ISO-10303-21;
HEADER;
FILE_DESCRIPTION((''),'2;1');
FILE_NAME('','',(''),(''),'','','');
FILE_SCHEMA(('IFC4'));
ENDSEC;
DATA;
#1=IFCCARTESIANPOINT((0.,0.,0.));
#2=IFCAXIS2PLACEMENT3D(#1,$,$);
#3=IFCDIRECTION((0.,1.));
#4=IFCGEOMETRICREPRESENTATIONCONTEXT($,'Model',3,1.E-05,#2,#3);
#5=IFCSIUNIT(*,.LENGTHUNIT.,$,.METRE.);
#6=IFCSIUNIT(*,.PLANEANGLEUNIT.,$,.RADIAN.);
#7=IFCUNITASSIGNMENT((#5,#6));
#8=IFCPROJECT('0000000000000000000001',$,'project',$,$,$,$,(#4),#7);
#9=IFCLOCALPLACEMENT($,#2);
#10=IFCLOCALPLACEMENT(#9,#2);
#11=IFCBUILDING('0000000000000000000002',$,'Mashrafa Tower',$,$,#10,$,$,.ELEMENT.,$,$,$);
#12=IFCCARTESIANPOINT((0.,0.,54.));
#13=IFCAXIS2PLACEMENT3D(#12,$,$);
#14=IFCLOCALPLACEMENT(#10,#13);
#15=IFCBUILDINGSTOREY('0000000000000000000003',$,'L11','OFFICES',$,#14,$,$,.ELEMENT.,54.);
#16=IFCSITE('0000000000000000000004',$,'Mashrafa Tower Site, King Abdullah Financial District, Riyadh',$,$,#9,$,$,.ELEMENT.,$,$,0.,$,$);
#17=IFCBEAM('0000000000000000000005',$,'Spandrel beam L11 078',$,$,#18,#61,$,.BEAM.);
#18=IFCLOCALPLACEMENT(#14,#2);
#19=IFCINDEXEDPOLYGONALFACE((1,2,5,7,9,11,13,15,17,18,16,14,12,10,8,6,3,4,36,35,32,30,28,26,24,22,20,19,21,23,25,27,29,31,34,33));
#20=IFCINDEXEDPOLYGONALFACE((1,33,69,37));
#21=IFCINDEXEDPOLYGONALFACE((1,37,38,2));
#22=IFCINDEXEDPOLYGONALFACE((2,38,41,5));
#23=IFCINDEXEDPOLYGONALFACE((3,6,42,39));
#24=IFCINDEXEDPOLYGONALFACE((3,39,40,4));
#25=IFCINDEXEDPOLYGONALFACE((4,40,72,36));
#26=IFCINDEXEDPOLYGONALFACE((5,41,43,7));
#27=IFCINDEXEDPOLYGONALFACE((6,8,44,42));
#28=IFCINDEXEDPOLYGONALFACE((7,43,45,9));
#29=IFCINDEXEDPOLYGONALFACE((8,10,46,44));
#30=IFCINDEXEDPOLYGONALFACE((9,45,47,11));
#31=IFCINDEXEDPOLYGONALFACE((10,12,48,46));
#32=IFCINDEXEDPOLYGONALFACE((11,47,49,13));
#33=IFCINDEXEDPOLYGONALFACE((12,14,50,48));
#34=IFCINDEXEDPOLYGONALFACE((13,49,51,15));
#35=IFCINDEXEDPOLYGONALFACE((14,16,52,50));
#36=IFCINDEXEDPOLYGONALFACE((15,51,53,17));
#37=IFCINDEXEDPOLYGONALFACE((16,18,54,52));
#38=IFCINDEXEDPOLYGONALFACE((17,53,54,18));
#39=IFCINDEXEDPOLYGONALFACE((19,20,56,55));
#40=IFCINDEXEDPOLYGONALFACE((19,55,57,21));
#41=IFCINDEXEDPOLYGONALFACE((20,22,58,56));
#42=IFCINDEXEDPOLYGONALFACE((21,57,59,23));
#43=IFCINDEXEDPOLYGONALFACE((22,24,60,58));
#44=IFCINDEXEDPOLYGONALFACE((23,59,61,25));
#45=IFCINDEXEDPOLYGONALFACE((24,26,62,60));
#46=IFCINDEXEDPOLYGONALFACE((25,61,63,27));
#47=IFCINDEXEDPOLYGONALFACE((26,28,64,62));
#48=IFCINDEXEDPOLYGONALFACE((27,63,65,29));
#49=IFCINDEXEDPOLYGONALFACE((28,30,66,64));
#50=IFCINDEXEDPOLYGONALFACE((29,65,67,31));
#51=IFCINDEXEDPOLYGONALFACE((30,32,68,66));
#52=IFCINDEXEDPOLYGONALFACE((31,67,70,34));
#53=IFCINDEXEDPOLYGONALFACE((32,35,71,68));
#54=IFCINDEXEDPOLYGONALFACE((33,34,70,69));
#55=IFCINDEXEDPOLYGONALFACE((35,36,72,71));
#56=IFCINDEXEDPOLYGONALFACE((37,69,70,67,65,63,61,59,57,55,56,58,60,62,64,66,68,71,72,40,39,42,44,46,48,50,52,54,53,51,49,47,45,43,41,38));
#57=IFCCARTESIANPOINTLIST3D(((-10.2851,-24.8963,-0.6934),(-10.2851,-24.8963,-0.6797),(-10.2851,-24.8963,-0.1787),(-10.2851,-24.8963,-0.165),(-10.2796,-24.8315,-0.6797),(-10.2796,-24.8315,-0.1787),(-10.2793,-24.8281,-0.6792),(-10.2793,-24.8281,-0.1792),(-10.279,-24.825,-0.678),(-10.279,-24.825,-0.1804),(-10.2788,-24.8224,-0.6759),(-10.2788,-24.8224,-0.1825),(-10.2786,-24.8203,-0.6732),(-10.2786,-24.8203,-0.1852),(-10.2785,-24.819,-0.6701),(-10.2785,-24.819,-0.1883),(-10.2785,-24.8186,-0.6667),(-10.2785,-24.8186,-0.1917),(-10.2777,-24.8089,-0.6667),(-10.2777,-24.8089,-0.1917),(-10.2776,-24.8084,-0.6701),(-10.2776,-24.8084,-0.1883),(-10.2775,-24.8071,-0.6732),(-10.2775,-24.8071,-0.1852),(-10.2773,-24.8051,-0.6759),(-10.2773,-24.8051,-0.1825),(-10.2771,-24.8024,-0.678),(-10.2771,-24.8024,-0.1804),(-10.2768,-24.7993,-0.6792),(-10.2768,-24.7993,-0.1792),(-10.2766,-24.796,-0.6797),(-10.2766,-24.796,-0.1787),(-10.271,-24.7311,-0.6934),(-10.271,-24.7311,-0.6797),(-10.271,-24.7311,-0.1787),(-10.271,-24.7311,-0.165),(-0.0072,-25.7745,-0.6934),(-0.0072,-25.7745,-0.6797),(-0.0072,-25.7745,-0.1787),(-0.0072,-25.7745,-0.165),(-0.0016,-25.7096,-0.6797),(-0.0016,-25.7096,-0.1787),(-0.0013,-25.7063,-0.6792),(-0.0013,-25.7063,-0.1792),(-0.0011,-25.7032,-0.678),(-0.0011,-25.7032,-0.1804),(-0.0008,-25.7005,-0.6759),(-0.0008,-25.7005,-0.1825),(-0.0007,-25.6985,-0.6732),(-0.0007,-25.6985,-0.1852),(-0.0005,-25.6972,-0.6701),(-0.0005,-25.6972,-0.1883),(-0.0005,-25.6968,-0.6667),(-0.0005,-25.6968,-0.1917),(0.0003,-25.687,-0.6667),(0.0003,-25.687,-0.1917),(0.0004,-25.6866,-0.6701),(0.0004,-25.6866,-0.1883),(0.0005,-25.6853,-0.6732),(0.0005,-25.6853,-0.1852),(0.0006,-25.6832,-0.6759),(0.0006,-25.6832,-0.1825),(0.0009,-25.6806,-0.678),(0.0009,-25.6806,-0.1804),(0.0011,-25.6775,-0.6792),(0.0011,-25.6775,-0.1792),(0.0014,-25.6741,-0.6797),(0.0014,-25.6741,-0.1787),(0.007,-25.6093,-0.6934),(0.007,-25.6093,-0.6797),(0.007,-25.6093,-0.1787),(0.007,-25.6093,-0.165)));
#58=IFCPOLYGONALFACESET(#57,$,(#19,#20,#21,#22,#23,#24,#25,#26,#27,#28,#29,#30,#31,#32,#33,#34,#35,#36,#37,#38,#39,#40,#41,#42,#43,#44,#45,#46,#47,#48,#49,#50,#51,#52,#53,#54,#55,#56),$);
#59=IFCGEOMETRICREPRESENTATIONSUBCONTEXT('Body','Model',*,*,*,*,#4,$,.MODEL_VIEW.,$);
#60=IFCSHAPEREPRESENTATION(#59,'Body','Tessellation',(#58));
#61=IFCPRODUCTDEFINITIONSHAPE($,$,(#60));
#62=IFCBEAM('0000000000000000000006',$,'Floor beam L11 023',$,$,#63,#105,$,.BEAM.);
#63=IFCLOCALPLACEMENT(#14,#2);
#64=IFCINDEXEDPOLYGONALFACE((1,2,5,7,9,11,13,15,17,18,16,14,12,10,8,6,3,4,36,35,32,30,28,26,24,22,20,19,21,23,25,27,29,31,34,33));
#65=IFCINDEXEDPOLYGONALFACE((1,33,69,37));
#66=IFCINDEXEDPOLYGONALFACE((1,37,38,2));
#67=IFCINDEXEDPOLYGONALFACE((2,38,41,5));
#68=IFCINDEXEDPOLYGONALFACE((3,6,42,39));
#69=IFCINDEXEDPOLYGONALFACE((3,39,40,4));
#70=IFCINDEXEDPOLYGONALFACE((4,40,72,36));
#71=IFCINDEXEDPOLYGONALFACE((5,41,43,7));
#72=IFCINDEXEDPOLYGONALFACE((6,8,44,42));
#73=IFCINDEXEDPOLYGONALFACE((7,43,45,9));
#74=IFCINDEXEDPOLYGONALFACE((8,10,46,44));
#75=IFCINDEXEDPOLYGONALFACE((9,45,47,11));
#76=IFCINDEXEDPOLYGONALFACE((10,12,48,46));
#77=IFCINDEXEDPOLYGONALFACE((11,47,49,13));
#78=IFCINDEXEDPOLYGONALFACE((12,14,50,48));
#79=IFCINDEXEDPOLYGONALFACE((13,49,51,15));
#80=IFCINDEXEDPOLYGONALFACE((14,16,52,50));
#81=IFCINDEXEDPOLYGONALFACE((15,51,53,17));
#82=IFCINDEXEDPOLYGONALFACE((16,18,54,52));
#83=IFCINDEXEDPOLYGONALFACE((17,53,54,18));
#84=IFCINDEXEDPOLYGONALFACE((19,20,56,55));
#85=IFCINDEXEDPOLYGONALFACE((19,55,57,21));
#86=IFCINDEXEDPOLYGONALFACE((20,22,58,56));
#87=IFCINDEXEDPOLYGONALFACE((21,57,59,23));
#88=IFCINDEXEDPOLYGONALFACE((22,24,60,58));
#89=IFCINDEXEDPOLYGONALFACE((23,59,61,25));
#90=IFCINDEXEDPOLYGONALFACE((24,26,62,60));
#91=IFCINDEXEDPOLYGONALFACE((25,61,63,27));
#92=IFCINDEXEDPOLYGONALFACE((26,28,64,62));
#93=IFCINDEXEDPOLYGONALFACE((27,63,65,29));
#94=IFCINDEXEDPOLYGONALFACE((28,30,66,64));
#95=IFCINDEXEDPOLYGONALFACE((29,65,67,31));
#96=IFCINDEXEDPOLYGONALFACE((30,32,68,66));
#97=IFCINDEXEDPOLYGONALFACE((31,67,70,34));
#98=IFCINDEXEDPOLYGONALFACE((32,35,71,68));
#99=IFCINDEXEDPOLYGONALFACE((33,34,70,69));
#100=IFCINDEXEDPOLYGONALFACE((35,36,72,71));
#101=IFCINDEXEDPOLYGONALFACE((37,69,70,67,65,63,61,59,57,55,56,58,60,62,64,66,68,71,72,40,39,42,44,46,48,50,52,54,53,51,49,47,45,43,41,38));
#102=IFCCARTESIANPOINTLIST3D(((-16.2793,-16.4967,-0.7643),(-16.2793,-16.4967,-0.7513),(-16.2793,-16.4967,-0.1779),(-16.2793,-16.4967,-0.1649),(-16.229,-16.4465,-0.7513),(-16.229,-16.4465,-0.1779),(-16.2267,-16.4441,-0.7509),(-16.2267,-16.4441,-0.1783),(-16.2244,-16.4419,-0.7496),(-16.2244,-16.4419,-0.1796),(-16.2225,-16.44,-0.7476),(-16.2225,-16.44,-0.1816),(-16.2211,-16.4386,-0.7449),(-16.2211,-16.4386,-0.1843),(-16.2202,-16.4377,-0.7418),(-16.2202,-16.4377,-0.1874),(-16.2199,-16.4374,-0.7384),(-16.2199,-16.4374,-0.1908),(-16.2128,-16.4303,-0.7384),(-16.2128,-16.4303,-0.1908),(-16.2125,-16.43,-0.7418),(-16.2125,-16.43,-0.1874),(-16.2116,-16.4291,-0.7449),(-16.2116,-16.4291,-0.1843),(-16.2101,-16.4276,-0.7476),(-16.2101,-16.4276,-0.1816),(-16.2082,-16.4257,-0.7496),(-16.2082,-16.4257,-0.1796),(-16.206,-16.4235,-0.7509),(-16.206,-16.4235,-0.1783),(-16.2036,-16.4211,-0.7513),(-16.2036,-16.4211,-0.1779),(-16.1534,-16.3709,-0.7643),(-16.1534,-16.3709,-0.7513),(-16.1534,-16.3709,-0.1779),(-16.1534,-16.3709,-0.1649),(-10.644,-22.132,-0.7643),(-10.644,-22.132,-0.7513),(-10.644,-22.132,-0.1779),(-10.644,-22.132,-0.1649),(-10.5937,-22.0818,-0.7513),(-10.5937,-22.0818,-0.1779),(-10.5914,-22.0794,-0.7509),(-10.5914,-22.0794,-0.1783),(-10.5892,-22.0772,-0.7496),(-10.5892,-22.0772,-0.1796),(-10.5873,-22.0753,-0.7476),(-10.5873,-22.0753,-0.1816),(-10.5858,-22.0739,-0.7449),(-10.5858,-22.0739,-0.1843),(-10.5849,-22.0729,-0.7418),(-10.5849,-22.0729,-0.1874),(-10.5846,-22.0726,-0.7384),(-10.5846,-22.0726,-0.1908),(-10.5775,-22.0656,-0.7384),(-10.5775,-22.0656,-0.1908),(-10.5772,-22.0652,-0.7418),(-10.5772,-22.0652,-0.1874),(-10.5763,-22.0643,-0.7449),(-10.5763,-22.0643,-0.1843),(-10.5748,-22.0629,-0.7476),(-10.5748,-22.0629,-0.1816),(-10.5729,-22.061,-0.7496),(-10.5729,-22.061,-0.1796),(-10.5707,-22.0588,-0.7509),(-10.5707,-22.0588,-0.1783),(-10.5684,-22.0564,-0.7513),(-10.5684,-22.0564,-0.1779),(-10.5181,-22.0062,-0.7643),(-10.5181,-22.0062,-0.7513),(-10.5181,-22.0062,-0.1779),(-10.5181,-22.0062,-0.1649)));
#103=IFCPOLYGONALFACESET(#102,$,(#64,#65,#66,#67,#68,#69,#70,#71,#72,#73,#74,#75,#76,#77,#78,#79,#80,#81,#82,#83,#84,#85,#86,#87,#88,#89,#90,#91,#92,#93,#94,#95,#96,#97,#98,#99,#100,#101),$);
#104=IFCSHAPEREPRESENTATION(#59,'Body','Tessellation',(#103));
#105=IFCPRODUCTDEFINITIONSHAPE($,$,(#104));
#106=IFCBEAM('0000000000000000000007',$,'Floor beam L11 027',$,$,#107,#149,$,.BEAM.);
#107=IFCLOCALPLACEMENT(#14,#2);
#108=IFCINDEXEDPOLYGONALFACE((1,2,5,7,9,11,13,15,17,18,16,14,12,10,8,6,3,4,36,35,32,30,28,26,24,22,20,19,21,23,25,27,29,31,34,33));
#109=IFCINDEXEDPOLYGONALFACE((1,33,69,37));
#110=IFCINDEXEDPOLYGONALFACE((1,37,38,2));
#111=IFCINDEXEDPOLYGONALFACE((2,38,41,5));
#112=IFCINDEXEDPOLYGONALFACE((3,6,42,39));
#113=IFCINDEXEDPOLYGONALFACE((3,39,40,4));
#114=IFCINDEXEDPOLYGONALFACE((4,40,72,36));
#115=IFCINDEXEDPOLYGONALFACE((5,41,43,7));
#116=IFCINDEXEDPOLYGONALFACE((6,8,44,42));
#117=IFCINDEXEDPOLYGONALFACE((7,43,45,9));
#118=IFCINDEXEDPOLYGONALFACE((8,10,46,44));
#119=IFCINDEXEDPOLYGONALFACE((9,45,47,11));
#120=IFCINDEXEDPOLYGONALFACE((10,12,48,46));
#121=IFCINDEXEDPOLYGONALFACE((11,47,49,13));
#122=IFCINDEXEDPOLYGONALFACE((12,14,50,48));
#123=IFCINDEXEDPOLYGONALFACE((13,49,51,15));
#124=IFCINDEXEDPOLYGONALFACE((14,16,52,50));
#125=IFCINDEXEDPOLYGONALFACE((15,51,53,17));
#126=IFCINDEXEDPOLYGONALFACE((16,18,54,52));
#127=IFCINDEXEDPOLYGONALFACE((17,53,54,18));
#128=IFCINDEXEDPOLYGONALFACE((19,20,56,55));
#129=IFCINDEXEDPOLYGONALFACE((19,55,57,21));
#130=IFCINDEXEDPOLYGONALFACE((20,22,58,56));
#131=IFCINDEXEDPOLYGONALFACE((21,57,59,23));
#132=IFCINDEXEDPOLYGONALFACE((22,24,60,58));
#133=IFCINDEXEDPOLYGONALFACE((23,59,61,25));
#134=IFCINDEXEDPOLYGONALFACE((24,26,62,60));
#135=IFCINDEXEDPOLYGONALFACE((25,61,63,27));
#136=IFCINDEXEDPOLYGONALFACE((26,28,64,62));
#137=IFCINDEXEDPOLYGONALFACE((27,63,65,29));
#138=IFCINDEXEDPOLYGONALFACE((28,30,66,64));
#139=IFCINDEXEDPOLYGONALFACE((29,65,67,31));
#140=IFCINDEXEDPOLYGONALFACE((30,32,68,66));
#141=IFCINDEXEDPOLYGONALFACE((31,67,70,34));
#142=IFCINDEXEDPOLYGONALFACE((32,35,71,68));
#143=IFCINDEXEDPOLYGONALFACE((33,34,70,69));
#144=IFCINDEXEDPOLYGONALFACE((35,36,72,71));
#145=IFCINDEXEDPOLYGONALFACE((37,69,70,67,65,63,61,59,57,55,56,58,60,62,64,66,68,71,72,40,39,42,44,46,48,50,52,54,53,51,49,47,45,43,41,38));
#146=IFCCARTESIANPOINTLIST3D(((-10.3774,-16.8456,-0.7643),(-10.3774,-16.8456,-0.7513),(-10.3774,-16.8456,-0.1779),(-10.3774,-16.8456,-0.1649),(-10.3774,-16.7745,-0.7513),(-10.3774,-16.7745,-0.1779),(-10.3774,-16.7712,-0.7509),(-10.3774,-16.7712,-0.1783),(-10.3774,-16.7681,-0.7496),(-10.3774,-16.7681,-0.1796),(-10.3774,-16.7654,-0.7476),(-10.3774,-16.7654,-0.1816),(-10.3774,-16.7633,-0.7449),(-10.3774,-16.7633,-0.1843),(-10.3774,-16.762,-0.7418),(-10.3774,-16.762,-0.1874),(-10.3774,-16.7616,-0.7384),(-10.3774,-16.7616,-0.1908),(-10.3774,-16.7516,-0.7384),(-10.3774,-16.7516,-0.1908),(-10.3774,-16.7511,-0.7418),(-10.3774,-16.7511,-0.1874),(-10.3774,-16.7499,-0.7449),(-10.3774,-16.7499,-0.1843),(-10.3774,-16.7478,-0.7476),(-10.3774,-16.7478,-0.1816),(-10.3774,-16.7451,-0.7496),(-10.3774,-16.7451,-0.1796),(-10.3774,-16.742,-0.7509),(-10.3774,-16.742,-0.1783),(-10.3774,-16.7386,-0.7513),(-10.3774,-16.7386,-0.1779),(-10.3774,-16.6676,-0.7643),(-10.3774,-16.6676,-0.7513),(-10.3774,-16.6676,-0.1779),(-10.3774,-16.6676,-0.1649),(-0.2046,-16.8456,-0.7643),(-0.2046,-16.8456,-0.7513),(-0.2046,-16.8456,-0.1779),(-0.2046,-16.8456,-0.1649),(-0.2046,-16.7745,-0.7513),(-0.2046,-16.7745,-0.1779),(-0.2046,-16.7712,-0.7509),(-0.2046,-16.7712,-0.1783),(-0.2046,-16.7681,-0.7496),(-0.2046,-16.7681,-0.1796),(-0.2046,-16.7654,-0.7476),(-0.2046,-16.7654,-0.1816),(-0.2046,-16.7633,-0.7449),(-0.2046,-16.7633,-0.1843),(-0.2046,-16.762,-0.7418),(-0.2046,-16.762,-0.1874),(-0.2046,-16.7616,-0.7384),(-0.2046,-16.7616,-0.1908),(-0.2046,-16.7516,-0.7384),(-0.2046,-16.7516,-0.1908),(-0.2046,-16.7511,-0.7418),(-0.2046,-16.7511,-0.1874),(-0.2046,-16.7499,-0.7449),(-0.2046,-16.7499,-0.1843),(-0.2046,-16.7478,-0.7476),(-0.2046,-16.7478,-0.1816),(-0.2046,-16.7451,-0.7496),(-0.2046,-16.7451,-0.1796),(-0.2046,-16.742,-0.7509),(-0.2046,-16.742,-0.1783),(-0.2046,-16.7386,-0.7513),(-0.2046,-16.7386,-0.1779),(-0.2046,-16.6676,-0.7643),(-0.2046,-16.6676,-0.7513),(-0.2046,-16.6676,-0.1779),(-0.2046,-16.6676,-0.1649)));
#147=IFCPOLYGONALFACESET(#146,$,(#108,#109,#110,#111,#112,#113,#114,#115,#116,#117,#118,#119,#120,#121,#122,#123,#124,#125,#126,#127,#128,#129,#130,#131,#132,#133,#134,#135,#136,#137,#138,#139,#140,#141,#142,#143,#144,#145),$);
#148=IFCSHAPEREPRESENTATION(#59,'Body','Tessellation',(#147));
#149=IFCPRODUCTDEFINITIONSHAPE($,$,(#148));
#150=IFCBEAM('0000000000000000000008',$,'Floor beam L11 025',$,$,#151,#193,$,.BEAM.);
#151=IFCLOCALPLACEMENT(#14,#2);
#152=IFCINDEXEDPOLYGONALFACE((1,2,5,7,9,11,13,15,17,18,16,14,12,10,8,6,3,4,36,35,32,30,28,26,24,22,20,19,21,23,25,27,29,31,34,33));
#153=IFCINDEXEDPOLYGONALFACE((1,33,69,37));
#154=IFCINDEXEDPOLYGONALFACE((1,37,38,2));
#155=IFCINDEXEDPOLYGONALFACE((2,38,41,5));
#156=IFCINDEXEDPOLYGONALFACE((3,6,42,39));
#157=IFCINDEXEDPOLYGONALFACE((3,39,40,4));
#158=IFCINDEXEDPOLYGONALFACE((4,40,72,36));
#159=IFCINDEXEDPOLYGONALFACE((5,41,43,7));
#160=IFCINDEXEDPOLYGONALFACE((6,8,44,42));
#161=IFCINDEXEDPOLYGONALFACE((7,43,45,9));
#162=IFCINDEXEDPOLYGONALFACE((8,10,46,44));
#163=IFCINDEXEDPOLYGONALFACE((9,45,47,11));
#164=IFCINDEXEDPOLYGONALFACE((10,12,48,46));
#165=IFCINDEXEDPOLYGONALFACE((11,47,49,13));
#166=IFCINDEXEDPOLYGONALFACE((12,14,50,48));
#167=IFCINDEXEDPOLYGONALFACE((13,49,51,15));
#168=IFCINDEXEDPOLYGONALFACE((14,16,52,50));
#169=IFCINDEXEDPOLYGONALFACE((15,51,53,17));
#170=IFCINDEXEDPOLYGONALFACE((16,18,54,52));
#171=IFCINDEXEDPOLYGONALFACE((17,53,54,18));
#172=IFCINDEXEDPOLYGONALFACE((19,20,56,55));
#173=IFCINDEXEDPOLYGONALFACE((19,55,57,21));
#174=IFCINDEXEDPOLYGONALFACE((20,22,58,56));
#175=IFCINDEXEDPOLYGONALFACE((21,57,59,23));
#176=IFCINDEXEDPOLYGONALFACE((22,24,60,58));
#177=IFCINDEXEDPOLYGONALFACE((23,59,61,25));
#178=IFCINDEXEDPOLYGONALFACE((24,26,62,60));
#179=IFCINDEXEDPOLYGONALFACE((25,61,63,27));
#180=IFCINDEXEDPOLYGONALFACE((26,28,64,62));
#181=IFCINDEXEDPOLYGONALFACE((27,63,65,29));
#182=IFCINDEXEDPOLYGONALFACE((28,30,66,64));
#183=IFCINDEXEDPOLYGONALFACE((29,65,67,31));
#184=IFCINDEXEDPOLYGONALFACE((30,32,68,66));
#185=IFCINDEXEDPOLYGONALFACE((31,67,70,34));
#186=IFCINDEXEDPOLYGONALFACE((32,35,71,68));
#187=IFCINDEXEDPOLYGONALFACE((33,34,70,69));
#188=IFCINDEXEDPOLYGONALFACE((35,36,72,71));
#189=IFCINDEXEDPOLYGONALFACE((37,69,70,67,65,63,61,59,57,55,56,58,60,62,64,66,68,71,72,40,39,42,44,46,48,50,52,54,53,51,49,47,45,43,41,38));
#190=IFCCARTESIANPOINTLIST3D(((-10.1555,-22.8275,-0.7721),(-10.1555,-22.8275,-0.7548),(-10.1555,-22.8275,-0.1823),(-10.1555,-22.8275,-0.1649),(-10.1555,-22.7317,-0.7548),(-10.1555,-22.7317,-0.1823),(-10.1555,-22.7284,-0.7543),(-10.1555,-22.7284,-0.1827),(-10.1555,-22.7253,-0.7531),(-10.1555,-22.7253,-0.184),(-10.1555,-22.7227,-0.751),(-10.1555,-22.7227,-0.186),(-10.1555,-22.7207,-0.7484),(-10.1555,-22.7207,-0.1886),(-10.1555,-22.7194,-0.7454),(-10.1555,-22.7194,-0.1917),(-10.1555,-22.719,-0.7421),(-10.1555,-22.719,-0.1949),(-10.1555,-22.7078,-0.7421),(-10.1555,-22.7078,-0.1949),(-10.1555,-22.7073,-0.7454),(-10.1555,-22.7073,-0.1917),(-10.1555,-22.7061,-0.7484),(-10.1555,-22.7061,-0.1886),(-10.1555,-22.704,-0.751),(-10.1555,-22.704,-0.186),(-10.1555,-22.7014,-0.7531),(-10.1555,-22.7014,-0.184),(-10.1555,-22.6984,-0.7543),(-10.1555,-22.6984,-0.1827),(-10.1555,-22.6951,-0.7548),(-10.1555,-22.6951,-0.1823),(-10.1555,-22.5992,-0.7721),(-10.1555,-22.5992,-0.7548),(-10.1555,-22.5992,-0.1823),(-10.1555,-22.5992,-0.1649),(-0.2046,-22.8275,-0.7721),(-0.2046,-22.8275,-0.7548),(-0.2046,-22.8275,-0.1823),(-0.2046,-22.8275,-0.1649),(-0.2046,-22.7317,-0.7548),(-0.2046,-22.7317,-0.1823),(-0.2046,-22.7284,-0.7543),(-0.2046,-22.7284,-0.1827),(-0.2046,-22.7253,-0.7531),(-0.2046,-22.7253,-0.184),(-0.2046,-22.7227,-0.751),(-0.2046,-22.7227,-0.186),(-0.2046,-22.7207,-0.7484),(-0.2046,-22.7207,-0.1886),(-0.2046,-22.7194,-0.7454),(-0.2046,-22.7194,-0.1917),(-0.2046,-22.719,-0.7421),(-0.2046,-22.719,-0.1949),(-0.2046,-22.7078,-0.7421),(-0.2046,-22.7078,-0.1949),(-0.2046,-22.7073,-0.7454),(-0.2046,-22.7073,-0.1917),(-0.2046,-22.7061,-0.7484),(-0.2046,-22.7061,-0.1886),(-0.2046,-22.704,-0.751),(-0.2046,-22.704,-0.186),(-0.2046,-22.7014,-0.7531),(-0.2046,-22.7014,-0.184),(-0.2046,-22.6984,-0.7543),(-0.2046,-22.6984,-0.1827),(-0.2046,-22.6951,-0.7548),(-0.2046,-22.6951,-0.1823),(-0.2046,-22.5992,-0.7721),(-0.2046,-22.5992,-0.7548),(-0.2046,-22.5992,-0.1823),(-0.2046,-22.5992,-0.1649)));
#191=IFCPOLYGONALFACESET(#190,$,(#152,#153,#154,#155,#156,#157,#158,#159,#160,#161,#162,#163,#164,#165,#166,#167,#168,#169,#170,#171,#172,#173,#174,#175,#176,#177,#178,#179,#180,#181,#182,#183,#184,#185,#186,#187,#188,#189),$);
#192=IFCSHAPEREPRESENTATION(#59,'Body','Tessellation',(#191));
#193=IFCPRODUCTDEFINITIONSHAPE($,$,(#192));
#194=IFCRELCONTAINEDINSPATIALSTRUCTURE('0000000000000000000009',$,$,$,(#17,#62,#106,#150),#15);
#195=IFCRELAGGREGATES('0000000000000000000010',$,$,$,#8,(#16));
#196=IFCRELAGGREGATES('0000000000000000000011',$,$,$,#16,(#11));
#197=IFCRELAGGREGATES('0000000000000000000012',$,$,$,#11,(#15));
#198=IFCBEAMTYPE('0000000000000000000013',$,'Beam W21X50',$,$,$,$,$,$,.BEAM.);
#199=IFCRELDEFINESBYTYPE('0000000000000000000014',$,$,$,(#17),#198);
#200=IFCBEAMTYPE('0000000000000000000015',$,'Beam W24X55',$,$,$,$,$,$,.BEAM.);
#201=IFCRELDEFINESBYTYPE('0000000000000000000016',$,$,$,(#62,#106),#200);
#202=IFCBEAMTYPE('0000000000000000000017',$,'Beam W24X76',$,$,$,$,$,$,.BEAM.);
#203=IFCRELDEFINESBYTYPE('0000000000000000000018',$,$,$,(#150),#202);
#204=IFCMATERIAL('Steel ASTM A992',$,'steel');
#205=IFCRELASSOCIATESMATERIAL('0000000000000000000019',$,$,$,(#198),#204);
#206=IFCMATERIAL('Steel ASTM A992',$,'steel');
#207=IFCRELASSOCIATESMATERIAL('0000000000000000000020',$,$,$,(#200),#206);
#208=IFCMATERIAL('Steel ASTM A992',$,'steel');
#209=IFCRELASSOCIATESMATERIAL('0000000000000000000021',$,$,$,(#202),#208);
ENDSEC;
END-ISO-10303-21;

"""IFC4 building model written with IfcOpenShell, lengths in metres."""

from ifc_helpers import new_model, si_unit, direction, frame, origin, origin_2d, place, context, subcontext, project, spatial, i_section, extrude, material, material_profile, profile_set, type_object, element, save


model = new_model("IFC4")

# Units and contexts
model_context = context("Model", 3, precision=1e-05, world=origin(), true_north=direction((0.0, 1.0)))
body_context = subcontext(model_context, "Body", "Model", "MODEL_VIEW")
ifc_project = project(units=[si_unit("LENGTHUNIT", "METRE"), si_unit("PLANEANGLEUNIT", "RADIAN")], contexts=[model_context])

# Site, building, storey
site_placement = place(None, origin())
site = spatial("IfcSite", under=ifc_project, at=site_placement, Name="Mashrafa Tower Site, King Abdullah Financial District, Riyadh", CompositionType="ELEMENT", RefElevation=0.0)
building_placement = place(site_placement, origin())
building = spatial("IfcBuilding", under=site, at=building_placement, Name="Mashrafa Tower", CompositionType="ELEMENT")
storey_placement = place(building_placement, frame((0.0, 0.0, 54.0)))
storey = spatial("IfcBuildingStorey", under=building, at=storey_placement, Name="L11", Description="OFFICES", CompositionType="ELEMENT", Elevation=54.0)

# Beams
ifc_material_1 = material(Name="Steel ASTM A992", Category="steel")
ifc_material_profile_1 = material_profile(ifc_material_1, i_section(OverallWidth=0.1658, OverallDepth=0.5283, WebThickness=0.0098, FlangeThickness=0.0137, FilletRadius=0.0129, at=origin_2d()), Name="W21X50")
ifc_profile_set_1 = profile_set([ifc_material_profile_1], Name="Steel ASTM A992")
beam_type_1 = type_object("IfcBeamType", Name="Beam W21X50", PredefinedType="BEAM", material=ifc_profile_set_1)
beam_1_placement = place(storey_placement, frame((-10.2781, -24.8137, -0.4292), z_axis=(0.99637, -0.085131, 0.0), x_axis=(0.085131, 0.99637, 0.0)))
element("IfcBeam", 1, at=beam_1_placement, inside=storey, type_object=beam_type_1, Name="Spandrel beam L11 078", PredefinedType="BEAM", context=body_context, shape_type="SweptSolid", body=[
    extrude(i_section(OverallWidth=0.1658, OverallDepth=0.5283, WebThickness=0.0098, FlangeThickness=0.0137, FilletRadius=0.0129, at=origin_2d()), origin(), (0.0, 0.0, 1.0), 10.3154),
])
ifc_material_2 = material(Name="Steel ASTM A992", Category="steel")
ifc_material_profile_2 = material_profile(ifc_material_2, i_section(OverallWidth=0.178, OverallDepth=0.5994, WebThickness=0.01, FlangeThickness=0.0129, FilletRadius=0.0129, at=origin_2d()), Name="W24X55")
ifc_profile_set_2 = profile_set([ifc_material_profile_2], Name="Steel ASTM A992")
beam_type_2 = type_object("IfcBeamType", Name="Beam W24X55", PredefinedType="BEAM", material=ifc_profile_set_2)
beam_2_placement = place(storey_placement, frame((-10.5811, -22.0691, -0.4646), z_axis=(-0.707107, 0.707107, 0.0), x_axis=(-0.707107, -0.707107, 0.0)))
element("IfcBeam", 2, at=beam_2_placement, inside=storey, type_object=beam_type_2, Name="Floor beam L11 023", PredefinedType="BEAM", context=body_context, shape_type="SweptSolid", body=[
    extrude(i_section(OverallWidth=0.178, OverallDepth=0.5994, WebThickness=0.01, FlangeThickness=0.0129, FilletRadius=0.0129, at=origin_2d()), origin(), (0.0, 0.0, 1.0), 7.9695),
])
beam_3_placement = place(storey_placement, frame((-0.2046, -16.7566, -0.4646), z_axis=(-1.0, 0.0, 0.0), x_axis=(0.0, -1.0, 0.0)))
element("IfcBeam", 3, at=beam_3_placement, inside=storey, type_object=beam_type_2, Name="Floor beam L11 027", PredefinedType="BEAM", context=body_context, shape_type="SweptSolid", body=[
    extrude(i_section(OverallWidth=0.178, OverallDepth=0.5994, WebThickness=0.01, FlangeThickness=0.0129, FilletRadius=0.0129, at=origin_2d()), origin(), (0.0, 0.0, 1.0), 10.1729),
])
ifc_material_3 = material(Name="Steel ASTM A992", Category="steel")
ifc_material_profile_3 = material_profile(ifc_material_3, i_section(OverallWidth=0.2283, OverallDepth=0.6072, WebThickness=0.0112, FlangeThickness=0.0173, FilletRadius=0.0127, at=origin_2d()), Name="W24X76")
ifc_profile_set_3 = profile_set([ifc_material_profile_3], Name="Steel ASTM A992")
beam_type_3 = type_object("IfcBeamType", Name="Beam W24X76", PredefinedType="BEAM", material=ifc_profile_set_3)
beam_4_placement = place(storey_placement, frame((-0.2046, -22.7134, -0.4685), z_axis=(-1.0, 0.0, 0.0), x_axis=(0.0, -1.0, 0.0)))
element("IfcBeam", 4, at=beam_4_placement, inside=storey, type_object=beam_type_3, Name="Floor beam L11 025", PredefinedType="BEAM", context=body_context, shape_type="SweptSolid", body=[
    extrude(i_section(OverallWidth=0.2283, OverallDepth=0.6072, WebThickness=0.0112, FlangeThickness=0.0173, FilletRadius=0.0127, at=origin_2d()), origin(), (0.0, 0.0, 1.0), 9.9509),
])

save(model, "model.ifc")
